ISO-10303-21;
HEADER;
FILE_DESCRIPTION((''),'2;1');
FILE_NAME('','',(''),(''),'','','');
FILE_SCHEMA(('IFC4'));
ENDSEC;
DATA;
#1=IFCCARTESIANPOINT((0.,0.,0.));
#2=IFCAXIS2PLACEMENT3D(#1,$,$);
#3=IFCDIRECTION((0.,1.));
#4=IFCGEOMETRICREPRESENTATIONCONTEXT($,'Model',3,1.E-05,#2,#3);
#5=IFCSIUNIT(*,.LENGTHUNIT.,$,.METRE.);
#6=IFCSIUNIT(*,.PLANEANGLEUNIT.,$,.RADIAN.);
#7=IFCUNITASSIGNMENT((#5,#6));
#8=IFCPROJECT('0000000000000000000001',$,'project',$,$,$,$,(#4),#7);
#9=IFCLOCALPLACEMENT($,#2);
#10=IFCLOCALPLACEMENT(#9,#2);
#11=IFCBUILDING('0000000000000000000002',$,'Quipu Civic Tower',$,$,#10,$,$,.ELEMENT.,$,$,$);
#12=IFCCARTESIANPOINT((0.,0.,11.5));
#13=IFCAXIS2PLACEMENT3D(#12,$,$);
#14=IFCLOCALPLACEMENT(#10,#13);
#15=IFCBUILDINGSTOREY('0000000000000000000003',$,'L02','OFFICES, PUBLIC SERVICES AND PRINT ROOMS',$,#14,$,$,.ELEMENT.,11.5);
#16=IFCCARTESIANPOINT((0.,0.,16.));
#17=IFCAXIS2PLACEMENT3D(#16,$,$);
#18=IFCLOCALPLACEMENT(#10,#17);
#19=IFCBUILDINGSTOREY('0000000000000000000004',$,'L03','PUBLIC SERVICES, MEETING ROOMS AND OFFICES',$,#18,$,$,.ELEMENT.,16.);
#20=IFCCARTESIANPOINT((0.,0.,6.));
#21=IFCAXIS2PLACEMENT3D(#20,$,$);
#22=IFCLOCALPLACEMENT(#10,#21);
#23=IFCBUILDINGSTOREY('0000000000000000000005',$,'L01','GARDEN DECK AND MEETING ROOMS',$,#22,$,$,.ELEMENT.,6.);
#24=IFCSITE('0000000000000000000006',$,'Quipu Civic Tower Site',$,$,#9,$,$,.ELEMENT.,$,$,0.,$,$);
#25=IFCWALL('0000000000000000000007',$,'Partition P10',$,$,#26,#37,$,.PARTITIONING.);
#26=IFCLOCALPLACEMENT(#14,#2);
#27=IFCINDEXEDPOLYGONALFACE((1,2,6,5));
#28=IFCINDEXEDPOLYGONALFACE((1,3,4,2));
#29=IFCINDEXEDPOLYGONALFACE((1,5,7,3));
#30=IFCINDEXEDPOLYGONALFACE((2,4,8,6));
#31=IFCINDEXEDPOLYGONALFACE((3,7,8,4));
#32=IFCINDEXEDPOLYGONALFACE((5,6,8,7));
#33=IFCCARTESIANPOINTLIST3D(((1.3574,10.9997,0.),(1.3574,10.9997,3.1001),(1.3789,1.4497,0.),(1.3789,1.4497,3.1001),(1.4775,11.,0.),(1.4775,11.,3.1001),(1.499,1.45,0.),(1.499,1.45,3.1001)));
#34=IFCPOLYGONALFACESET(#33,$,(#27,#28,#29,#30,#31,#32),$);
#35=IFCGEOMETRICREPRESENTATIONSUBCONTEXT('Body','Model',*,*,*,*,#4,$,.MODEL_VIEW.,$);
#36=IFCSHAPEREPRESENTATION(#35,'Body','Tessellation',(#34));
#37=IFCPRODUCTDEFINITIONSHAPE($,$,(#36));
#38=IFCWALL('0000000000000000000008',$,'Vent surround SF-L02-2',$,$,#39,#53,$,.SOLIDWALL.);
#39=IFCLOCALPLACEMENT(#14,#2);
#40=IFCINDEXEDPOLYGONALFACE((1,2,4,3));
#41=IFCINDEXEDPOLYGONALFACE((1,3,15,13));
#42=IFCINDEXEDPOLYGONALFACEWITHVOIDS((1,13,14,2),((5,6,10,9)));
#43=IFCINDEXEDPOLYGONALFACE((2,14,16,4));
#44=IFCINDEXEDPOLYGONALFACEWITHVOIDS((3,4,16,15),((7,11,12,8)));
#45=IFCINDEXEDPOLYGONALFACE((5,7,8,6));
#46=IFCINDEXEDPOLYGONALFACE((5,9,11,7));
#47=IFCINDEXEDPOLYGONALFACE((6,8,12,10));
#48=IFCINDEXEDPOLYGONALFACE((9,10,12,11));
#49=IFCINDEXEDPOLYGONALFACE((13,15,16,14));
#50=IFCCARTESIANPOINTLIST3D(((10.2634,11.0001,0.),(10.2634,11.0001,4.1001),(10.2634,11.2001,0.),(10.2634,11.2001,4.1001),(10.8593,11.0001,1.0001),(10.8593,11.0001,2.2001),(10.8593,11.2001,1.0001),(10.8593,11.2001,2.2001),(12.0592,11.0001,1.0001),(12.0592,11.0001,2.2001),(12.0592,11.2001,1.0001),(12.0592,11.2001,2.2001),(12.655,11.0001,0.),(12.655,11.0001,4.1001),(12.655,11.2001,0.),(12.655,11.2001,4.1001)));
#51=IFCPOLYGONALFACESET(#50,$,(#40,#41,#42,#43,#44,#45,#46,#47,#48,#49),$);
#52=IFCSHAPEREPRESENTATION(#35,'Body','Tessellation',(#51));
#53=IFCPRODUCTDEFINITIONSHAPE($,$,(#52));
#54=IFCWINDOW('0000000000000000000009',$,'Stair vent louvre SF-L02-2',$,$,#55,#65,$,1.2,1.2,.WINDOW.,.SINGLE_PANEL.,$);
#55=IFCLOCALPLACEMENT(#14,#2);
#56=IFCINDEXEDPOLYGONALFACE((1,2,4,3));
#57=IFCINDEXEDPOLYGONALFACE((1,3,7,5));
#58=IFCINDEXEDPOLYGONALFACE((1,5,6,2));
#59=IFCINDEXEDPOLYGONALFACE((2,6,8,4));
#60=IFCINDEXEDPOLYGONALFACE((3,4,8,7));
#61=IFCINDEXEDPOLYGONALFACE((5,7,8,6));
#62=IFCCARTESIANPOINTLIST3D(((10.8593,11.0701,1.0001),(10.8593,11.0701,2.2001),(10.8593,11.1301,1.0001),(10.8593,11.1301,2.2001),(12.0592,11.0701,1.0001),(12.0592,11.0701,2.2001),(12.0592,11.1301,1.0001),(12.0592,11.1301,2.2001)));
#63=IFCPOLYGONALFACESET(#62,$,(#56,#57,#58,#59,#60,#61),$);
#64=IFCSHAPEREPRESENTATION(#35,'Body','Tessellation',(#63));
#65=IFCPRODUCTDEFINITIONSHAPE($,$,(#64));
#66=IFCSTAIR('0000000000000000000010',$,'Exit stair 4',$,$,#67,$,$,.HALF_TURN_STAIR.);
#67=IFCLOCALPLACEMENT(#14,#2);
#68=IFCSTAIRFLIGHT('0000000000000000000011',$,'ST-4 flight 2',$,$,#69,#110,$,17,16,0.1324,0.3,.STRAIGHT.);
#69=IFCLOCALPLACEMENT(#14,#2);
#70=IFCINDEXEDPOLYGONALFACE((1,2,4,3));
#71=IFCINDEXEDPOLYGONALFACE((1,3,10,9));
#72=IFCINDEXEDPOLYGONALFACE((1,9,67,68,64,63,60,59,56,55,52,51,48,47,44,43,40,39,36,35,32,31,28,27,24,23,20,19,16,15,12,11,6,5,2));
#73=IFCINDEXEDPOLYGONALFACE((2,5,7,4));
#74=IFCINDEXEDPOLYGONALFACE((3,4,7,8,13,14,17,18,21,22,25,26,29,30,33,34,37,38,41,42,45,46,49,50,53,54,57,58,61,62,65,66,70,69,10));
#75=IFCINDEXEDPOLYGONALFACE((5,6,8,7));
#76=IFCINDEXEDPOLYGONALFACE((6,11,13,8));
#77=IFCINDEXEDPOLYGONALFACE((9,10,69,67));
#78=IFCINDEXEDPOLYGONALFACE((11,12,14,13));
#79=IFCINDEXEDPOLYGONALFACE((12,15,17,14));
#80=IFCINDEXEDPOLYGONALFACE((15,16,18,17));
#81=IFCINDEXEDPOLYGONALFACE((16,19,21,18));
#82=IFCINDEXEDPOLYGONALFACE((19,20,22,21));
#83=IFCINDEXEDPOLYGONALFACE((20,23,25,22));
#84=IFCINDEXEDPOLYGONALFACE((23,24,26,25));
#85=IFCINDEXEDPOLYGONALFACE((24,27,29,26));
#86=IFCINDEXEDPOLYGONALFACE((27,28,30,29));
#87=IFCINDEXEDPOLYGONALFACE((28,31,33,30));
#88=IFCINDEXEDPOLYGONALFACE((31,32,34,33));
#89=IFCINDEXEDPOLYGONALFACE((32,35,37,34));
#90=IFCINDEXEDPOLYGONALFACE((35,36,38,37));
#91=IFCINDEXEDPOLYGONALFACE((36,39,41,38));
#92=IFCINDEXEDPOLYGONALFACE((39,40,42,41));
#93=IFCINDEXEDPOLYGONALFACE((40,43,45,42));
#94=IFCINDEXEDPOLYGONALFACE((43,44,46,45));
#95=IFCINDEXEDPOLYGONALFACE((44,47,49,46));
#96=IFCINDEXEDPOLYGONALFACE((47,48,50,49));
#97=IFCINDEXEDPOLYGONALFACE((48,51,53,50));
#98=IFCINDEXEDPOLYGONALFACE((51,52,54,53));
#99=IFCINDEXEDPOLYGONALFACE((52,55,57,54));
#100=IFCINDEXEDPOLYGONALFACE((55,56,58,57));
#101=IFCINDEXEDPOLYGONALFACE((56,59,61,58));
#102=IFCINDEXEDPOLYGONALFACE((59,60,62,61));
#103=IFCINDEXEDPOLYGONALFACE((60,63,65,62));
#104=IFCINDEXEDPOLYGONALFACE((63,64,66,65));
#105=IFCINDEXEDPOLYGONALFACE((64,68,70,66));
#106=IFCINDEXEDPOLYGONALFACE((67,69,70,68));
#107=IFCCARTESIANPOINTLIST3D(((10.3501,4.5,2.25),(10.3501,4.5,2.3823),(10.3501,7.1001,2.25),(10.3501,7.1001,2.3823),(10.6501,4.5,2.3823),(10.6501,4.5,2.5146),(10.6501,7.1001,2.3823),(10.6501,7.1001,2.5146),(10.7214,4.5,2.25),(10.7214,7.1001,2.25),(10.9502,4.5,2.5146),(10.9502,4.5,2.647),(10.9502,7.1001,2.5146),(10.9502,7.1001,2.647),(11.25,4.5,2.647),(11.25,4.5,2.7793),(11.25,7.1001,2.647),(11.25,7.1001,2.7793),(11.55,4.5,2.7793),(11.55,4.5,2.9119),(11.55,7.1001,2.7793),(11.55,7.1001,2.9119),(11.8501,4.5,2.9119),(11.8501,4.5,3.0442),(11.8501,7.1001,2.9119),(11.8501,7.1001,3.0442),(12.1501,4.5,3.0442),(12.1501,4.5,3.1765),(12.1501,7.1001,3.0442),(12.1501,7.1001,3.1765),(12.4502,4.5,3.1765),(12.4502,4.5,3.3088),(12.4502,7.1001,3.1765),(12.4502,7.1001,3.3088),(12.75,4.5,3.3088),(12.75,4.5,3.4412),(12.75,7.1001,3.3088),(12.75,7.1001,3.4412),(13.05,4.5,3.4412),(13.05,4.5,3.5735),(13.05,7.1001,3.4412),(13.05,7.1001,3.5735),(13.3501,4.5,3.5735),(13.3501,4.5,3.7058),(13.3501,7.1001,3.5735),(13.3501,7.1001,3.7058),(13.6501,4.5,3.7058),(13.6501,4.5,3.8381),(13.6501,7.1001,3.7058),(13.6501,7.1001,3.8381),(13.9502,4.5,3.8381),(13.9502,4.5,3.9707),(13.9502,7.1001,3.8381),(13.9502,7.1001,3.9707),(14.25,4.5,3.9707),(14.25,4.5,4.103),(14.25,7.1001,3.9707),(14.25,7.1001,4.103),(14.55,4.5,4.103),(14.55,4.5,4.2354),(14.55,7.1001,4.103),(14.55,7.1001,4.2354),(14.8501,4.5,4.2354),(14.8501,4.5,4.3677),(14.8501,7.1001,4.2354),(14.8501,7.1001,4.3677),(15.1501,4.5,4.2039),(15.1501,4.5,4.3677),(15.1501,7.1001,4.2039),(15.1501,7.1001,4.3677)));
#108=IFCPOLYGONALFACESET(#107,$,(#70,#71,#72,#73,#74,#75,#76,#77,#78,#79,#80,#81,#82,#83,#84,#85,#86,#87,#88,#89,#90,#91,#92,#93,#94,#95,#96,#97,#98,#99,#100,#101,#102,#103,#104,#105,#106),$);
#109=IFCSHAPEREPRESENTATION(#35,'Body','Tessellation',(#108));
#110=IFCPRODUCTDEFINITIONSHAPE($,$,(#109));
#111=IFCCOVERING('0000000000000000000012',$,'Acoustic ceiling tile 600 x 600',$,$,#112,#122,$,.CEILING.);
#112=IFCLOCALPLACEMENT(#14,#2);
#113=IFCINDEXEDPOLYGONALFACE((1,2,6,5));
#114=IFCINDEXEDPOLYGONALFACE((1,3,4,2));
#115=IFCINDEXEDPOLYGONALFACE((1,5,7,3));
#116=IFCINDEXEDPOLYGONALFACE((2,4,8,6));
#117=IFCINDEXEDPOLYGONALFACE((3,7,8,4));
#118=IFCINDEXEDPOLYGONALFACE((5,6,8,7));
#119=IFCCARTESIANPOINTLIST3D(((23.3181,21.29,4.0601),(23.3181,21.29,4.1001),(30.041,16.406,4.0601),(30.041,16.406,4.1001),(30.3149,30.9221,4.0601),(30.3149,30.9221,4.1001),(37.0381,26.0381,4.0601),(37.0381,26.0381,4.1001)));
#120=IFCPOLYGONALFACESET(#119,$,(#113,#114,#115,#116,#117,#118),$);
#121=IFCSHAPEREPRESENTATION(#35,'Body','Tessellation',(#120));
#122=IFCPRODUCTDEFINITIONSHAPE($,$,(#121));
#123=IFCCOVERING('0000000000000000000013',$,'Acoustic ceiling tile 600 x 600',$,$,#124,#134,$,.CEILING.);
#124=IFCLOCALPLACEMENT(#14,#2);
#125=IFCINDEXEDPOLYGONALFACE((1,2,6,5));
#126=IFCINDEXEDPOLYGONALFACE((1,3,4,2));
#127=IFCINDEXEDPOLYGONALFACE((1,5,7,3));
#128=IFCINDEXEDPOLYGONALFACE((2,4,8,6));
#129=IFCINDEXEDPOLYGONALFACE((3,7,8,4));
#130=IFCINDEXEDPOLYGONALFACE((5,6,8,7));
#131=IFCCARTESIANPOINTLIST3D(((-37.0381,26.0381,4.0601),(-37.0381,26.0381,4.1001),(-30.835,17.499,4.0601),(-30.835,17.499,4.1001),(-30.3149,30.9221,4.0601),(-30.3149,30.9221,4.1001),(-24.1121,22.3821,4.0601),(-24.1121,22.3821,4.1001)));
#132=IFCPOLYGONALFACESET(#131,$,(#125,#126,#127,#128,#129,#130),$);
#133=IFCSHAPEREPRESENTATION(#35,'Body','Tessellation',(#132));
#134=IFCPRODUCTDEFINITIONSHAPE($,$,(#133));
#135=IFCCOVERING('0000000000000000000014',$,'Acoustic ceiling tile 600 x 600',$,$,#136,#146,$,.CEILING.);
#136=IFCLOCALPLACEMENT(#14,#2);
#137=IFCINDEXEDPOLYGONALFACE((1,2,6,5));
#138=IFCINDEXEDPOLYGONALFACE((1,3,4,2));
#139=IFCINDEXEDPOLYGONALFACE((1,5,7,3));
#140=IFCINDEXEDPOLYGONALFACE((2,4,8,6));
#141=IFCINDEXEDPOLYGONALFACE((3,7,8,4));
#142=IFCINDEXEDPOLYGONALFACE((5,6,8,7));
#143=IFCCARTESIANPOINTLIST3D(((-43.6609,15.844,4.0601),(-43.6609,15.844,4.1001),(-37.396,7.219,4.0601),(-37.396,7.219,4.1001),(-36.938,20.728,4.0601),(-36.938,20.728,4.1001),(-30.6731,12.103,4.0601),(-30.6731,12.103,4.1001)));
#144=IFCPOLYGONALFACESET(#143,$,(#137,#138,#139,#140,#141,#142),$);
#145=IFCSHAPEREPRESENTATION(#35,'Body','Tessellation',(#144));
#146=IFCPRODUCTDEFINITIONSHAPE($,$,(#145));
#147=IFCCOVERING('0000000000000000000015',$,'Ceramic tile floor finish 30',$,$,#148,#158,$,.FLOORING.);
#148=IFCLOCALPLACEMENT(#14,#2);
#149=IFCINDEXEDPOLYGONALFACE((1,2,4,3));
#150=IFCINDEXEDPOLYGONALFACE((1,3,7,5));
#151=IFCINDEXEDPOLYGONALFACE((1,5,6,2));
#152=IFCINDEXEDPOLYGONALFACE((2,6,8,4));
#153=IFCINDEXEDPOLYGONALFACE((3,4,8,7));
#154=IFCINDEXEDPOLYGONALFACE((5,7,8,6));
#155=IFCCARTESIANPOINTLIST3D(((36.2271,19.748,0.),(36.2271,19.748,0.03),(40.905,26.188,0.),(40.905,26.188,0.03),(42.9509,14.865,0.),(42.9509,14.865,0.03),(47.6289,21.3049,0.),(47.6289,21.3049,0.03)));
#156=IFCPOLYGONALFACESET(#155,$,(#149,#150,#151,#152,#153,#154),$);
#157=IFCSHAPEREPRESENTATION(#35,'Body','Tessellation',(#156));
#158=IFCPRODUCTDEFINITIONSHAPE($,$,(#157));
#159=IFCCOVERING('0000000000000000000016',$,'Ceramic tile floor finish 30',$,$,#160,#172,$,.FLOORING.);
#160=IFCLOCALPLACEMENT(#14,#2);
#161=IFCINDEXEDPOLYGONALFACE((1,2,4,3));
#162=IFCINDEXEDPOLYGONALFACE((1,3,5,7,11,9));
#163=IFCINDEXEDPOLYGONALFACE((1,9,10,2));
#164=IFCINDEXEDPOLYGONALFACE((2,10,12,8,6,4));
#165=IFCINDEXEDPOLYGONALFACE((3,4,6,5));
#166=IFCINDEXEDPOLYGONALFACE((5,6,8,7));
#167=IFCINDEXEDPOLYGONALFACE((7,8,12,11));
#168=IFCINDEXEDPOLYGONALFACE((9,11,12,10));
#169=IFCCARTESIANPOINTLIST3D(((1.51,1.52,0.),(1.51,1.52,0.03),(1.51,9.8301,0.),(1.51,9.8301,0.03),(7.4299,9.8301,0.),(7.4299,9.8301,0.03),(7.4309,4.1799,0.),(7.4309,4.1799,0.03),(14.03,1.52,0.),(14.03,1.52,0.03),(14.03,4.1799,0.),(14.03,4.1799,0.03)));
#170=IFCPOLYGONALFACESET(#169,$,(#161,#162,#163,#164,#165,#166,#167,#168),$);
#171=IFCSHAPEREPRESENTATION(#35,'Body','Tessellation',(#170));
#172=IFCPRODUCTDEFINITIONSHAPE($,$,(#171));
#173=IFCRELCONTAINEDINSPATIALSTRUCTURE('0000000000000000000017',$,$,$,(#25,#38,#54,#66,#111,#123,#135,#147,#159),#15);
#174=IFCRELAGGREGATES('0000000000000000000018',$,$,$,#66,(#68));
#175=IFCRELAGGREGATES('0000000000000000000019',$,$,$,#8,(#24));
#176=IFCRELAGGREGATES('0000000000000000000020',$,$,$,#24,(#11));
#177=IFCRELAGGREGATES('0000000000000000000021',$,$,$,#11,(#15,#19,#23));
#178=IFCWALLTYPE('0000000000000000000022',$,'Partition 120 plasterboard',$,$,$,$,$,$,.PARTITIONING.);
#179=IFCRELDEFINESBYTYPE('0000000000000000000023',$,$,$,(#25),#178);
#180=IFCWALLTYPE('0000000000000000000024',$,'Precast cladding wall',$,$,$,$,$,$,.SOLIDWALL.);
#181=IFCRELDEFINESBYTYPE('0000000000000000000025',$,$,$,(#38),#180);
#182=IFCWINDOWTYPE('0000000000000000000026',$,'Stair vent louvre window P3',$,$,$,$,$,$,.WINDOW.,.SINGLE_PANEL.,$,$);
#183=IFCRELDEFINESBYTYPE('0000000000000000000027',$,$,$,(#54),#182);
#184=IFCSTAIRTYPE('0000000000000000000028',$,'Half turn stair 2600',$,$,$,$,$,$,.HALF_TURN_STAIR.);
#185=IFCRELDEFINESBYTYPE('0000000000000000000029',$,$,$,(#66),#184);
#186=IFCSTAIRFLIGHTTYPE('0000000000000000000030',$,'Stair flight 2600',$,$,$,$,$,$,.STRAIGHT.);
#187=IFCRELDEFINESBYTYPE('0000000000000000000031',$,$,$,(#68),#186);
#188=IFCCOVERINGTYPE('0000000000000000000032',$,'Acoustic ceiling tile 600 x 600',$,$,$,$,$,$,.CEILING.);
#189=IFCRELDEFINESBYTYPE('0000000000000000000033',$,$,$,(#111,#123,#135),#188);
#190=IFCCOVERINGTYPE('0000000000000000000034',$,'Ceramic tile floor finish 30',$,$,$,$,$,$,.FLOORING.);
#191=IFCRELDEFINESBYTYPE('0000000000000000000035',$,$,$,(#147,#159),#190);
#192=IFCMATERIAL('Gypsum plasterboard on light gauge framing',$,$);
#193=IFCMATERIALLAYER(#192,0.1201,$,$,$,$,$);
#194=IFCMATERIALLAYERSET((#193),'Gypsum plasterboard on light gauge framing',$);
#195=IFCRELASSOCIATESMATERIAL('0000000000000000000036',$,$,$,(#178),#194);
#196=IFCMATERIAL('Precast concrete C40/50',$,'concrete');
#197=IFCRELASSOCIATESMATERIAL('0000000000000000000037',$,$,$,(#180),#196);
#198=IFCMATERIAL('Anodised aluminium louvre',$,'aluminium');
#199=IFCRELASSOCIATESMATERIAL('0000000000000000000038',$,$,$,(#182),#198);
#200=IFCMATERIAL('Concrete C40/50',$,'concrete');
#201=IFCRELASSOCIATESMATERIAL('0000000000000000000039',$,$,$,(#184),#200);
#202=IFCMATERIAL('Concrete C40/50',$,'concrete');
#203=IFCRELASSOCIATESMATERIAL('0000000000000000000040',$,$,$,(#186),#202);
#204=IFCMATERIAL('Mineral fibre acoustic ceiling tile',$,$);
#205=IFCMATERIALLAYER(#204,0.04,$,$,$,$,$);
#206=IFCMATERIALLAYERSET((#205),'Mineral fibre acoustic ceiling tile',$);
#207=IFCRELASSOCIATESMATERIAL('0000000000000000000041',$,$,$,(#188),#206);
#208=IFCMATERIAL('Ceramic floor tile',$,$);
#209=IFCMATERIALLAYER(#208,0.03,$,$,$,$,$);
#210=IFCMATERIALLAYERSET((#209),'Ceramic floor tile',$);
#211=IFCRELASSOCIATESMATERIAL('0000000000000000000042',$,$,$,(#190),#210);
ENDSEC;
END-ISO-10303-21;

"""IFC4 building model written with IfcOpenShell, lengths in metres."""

from ifc_helpers import new_model, si_unit, direction, frame, frame_2d, origin, place, context, subcontext, project, spatial, polyline, rectangle, outline, extrude, material, layer, layer_set, type_object, element, fill, aggregate, save


model = new_model("IFC4")

# Units and contexts
model_context = context("Model", 3, precision=1e-05, world=origin(), true_north=direction((0.0, 1.0)))
body_context = subcontext(model_context, "Body", "Model", "MODEL_VIEW")
ifc_project = project(units=[si_unit("LENGTHUNIT", "METRE"), si_unit("PLANEANGLEUNIT", "RADIAN")], contexts=[model_context])

# Site, building, storey
site_placement = place(None, origin())
site = spatial("IfcSite", under=ifc_project, at=site_placement, Name="Quipu Civic Tower Site", CompositionType="ELEMENT", RefElevation=0.0)
building_placement = place(site_placement, origin())
building = spatial("IfcBuilding", under=site, at=building_placement, Name="Quipu Civic Tower", CompositionType="ELEMENT")
storey_1_placement = place(building_placement, frame((0.0, 0.0, 11.5)))
storey_1 = spatial("IfcBuildingStorey", under=building, at=storey_1_placement, Name="L02", Description="OFFICES, PUBLIC SERVICES AND PRINT ROOMS", CompositionType="ELEMENT", Elevation=11.5)

# Shared definitions
storey_2_placement = place(building_placement, frame((0.0, 0.0, 16.0)))
storey_2 = spatial("IfcBuildingStorey", under=building, at=storey_2_placement, Name="L03", Description="PUBLIC SERVICES, MEETING ROOMS AND OFFICES", CompositionType="ELEMENT", Elevation=16.0)

# Shared definitions
storey_3_placement = place(building_placement, frame((0.0, 0.0, 6.0)))
storey_3 = spatial("IfcBuildingStorey", under=building, at=storey_3_placement, Name="L01", Description="GARDEN DECK AND MEETING ROOMS", CompositionType="ELEMENT", Elevation=6.0)

# Wall
ifc_material_1 = material(Name="Gypsum plasterboard on light gauge framing")
ifc_layer_1 = layer(ifc_material_1, 0.1201)
ifc_layer_set_1 = layer_set([ifc_layer_1], Name="Gypsum plasterboard on light gauge framing")
wall_type_1 = type_object("IfcWallType", Name="Partition 120 plasterboard", PredefinedType="PARTITIONING", material=ifc_layer_set_1)
wall_1_placement = place(storey_1_placement, frame((1.439, 1.45, 0.0), z_axis=(0.0, 0.0, 1.0), x_axis=(-0.00225, 0.999997, 0.0)))
element("IfcWall", 1, at=wall_1_placement, inside=storey_1, type_object=wall_type_1, Name="Partition P10", PredefinedType="PARTITIONING", context=body_context, shape_type="SweptSolid", body=[
    extrude(rectangle(XDim=9.55, YDim=0.1201, at=frame_2d((4.7749, 0.0))), origin(), (0.0, 0.0, 1.0), 3.1001),
])

# Wall, opening, window
ifc_material_2 = material(Name="Precast concrete C40/50", Category="concrete")
wall_type_2 = type_object("IfcWallType", Name="Precast cladding wall", PredefinedType="SOLIDWALL", material=ifc_material_2)
wall_2_placement = place(storey_1_placement, frame((12.655, 11.1001, 0.0), z_axis=(0.0, 0.0, 1.0), x_axis=(-1.0, 0.0, 0.0)))
wall_2 = element("IfcWall", 2, at=wall_2_placement, inside=storey_1, type_object=wall_type_2, Name="Vent surround SF-L02-2", PredefinedType="SOLIDWALL", context=body_context, shape_type="SweptSolid", body=[
    extrude(rectangle(XDim=2.3916, YDim=0.2, at=frame_2d((1.1958, 0.0))), origin(), (0.0, 0.0, 1.0), 4.1001),
])
opening_1_placement = place(wall_2_placement, frame((0.5957, 0.0, 1.0)))
opening_1 = element("IfcOpeningElement", 3, at=opening_1_placement, cuts=wall_2, PredefinedType="OPENING", context=body_context, shape_type="SweptSolid", body=[
    extrude(rectangle(XDim=1.2, YDim=1.2, at=frame_2d((0.6001, 0.6001))), frame((0.0, 0.1099, 0.0), z_axis=(0.0, -1.0, 0.0), x_axis=(1.0, 0.0, 0.0)), (0.0, 0.0, 1.0), 0.22),
])
ifc_material_3 = material(Name="Anodised aluminium louvre", Category="aluminium")
window_type_1 = type_object("IfcWindowType", Name="Stair vent louvre window P3", PartitioningType="SINGLE_PANEL", PredefinedType="WINDOW", material=ifc_material_3)
window_1_placement = place(opening_1_placement, origin())
window_1 = element("IfcWindow", 4, at=window_1_placement, inside=storey_1, type_object=window_type_1, Name="Stair vent louvre SF-L02-2", OverallHeight=1.2, OverallWidth=1.2, PartitioningType="SINGLE_PANEL", PredefinedType="WINDOW", context=body_context, shape_type="SweptSolid", body=[
    extrude(rectangle(XDim=1.2, YDim=1.2, at=frame_2d((0.6001, 0.6001))), frame((0.0, 0.03, 0.0), z_axis=(0.0, -1.0, 0.0), x_axis=(1.0, 0.0, 0.0)), (0.0, 0.0, 1.0), 0.0601),
])
fill(opening_1, window_1)

# Stair, stair flight
ifc_material_4 = material(Name="Concrete C40/50", Category="concrete")
stair_type = type_object("IfcStairType", Name="Half turn stair 2600", PredefinedType="HALF_TURN_STAIR", material=ifc_material_4)
stair_placement = place(storey_1_placement, origin())
stair = element("IfcStair", 5, at=stair_placement, inside=storey_1, type_object=stair_type, Name="Exit stair 4", PredefinedType="HALF_TURN_STAIR")
ifc_material_5 = material(Name="Concrete C40/50", Category="concrete")
stair_flight_type = type_object("IfcStairFlightType", Name="Stair flight 2600", PredefinedType="STRAIGHT", material=ifc_material_5)
stair_flight_placement = place(storey_1_placement, frame((10.3501, 5.8, 2.25), z_axis=(0.0, 0.0, 1.0), x_axis=(1.0, 0.0, 0.0)))
stair_flight = element("IfcStairFlight", 6, at=stair_flight_placement, type_object=stair_flight_type, Name="ST-4 flight 2", NumberOfRisers=17, NumberOfTreads=16, PredefinedType="STRAIGHT", RiserHeight=0.1324, TreadLength=0.3, context=body_context, shape_type="SweptSolid", body=[
    extrude(outline(polyline([(0.0, 0.0), (0.0, 0.1323), (0.3, 0.1323), (0.3, 0.2646), (0.6001, 0.2646), (0.6001, 0.397), (0.8999, 0.397), (0.8999, 0.5293), (1.2, 0.5293), (1.2, 0.6619), (1.5, 0.6619), (1.5, 0.7942), (1.8, 0.7942), (1.8, 0.9265), (2.1001, 0.9265), (2.1001, 1.0588), (2.3999, 1.0588), (2.3999, 1.1912), (2.7, 1.1912), (2.7, 1.3235), (3.0, 1.3235), (3.0, 1.4558), (3.3, 1.4558), (3.3, 1.5881), (3.6001, 1.5881), (3.6001, 1.7207), (3.8999, 1.7207), (3.8999, 1.853), (4.2, 1.853), (4.2, 1.9854), (4.5, 1.9854), (4.5, 2.1177), (4.8, 2.1177), (4.8, 2.25), (4.8, 1.9539), (0.3713, 0.0), (0.0, 0.0)])), frame((0.0, 1.3, 0.0), z_axis=(0.0, -1.0, 0.0), x_axis=(1.0, 0.0, 0.0)), (0.0, 0.0, 1.0), 2.6001),
])
aggregate(stair, [stair_flight])

# Coverings
ifc_material_6 = material(Name="Mineral fibre acoustic ceiling tile")
ifc_layer_2 = layer(ifc_material_6, 0.04)
ifc_layer_set_2 = layer_set([ifc_layer_2], Name="Mineral fibre acoustic ceiling tile")
covering_type_1 = type_object("IfcCoveringType", Name="Acoustic ceiling tile 600 x 600", PredefinedType="CEILING", material=ifc_layer_set_2)
covering_1_placement = place(storey_1_placement, frame((0.0, 0.0, 4.0601)))
element("IfcCovering", 7, at=covering_1_placement, inside=storey_1, type_object=covering_type_1, Name="Acoustic ceiling tile 600 x 600", PredefinedType="CEILING", context=body_context, shape_type="SweptSolid", body=[
    extrude(outline(polyline([(23.3181, 21.29), (30.3149, 30.9221), (37.0381, 26.0381), (30.041, 16.406), (23.3181, 21.29)])), origin(), (0.0, 0.0, 1.0), 0.04),
])
covering_2_placement = place(storey_1_placement, frame((0.0, 0.0, 4.0601)))
element("IfcCovering", 8, at=covering_2_placement, inside=storey_1, type_object=covering_type_1, Name="Acoustic ceiling tile 600 x 600", PredefinedType="CEILING", context=body_context, shape_type="SweptSolid", body=[
    extrude(outline(polyline([(-37.0381, 26.0381), (-30.3149, 30.9221), (-24.1121, 22.3821), (-30.835, 17.499), (-37.0381, 26.0381)])), origin(), (0.0, 0.0, 1.0), 0.04),
])
covering_3_placement = place(storey_1_placement, frame((0.0, 0.0, 4.0601)))
element("IfcCovering", 9, at=covering_3_placement, inside=storey_1, type_object=covering_type_1, Name="Acoustic ceiling tile 600 x 600", PredefinedType="CEILING", context=body_context, shape_type="SweptSolid", body=[
    extrude(outline(polyline([(-43.6609, 15.844), (-36.938, 20.728), (-30.6731, 12.103), (-37.396, 7.219), (-43.6609, 15.844)])), origin(), (0.0, 0.0, 1.0), 0.04),
])
ifc_material_7 = material(Name="Ceramic floor tile")
ifc_layer_3 = layer(ifc_material_7, 0.03)
ifc_layer_set_3 = layer_set([ifc_layer_3], Name="Ceramic floor tile")
covering_type_2 = type_object("IfcCoveringType", Name="Ceramic tile floor finish 30", PredefinedType="FLOORING", material=ifc_layer_set_3)
covering_4_placement = place(storey_1_placement, origin())
element("IfcCovering", 10, at=covering_4_placement, inside=storey_1, type_object=covering_type_2, Name="Ceramic tile floor finish 30", PredefinedType="FLOORING", context=body_context, shape_type="SweptSolid", body=[
    extrude(outline(polyline([(36.2271, 19.748), (40.905, 26.188), (47.6289, 21.3049), (42.9509, 14.865), (36.2271, 19.748)])), origin(), (0.0, 0.0, 1.0), 0.03),
])
covering_5_placement = place(storey_1_placement, origin())
element("IfcCovering", 11, at=covering_5_placement, inside=storey_1, type_object=covering_type_2, Name="Ceramic tile floor finish 30", PredefinedType="FLOORING", context=body_context, shape_type="SweptSolid", body=[
    extrude(outline(polyline([(1.51, 1.52), (1.51, 9.8301), (7.4299, 9.8301), (7.4309, 4.1799), (14.03, 4.1799), (14.03, 1.52), (1.51, 1.52)])), origin(), (0.0, 0.0, 1.0), 0.03),
])

save(model, "model.ifc")
